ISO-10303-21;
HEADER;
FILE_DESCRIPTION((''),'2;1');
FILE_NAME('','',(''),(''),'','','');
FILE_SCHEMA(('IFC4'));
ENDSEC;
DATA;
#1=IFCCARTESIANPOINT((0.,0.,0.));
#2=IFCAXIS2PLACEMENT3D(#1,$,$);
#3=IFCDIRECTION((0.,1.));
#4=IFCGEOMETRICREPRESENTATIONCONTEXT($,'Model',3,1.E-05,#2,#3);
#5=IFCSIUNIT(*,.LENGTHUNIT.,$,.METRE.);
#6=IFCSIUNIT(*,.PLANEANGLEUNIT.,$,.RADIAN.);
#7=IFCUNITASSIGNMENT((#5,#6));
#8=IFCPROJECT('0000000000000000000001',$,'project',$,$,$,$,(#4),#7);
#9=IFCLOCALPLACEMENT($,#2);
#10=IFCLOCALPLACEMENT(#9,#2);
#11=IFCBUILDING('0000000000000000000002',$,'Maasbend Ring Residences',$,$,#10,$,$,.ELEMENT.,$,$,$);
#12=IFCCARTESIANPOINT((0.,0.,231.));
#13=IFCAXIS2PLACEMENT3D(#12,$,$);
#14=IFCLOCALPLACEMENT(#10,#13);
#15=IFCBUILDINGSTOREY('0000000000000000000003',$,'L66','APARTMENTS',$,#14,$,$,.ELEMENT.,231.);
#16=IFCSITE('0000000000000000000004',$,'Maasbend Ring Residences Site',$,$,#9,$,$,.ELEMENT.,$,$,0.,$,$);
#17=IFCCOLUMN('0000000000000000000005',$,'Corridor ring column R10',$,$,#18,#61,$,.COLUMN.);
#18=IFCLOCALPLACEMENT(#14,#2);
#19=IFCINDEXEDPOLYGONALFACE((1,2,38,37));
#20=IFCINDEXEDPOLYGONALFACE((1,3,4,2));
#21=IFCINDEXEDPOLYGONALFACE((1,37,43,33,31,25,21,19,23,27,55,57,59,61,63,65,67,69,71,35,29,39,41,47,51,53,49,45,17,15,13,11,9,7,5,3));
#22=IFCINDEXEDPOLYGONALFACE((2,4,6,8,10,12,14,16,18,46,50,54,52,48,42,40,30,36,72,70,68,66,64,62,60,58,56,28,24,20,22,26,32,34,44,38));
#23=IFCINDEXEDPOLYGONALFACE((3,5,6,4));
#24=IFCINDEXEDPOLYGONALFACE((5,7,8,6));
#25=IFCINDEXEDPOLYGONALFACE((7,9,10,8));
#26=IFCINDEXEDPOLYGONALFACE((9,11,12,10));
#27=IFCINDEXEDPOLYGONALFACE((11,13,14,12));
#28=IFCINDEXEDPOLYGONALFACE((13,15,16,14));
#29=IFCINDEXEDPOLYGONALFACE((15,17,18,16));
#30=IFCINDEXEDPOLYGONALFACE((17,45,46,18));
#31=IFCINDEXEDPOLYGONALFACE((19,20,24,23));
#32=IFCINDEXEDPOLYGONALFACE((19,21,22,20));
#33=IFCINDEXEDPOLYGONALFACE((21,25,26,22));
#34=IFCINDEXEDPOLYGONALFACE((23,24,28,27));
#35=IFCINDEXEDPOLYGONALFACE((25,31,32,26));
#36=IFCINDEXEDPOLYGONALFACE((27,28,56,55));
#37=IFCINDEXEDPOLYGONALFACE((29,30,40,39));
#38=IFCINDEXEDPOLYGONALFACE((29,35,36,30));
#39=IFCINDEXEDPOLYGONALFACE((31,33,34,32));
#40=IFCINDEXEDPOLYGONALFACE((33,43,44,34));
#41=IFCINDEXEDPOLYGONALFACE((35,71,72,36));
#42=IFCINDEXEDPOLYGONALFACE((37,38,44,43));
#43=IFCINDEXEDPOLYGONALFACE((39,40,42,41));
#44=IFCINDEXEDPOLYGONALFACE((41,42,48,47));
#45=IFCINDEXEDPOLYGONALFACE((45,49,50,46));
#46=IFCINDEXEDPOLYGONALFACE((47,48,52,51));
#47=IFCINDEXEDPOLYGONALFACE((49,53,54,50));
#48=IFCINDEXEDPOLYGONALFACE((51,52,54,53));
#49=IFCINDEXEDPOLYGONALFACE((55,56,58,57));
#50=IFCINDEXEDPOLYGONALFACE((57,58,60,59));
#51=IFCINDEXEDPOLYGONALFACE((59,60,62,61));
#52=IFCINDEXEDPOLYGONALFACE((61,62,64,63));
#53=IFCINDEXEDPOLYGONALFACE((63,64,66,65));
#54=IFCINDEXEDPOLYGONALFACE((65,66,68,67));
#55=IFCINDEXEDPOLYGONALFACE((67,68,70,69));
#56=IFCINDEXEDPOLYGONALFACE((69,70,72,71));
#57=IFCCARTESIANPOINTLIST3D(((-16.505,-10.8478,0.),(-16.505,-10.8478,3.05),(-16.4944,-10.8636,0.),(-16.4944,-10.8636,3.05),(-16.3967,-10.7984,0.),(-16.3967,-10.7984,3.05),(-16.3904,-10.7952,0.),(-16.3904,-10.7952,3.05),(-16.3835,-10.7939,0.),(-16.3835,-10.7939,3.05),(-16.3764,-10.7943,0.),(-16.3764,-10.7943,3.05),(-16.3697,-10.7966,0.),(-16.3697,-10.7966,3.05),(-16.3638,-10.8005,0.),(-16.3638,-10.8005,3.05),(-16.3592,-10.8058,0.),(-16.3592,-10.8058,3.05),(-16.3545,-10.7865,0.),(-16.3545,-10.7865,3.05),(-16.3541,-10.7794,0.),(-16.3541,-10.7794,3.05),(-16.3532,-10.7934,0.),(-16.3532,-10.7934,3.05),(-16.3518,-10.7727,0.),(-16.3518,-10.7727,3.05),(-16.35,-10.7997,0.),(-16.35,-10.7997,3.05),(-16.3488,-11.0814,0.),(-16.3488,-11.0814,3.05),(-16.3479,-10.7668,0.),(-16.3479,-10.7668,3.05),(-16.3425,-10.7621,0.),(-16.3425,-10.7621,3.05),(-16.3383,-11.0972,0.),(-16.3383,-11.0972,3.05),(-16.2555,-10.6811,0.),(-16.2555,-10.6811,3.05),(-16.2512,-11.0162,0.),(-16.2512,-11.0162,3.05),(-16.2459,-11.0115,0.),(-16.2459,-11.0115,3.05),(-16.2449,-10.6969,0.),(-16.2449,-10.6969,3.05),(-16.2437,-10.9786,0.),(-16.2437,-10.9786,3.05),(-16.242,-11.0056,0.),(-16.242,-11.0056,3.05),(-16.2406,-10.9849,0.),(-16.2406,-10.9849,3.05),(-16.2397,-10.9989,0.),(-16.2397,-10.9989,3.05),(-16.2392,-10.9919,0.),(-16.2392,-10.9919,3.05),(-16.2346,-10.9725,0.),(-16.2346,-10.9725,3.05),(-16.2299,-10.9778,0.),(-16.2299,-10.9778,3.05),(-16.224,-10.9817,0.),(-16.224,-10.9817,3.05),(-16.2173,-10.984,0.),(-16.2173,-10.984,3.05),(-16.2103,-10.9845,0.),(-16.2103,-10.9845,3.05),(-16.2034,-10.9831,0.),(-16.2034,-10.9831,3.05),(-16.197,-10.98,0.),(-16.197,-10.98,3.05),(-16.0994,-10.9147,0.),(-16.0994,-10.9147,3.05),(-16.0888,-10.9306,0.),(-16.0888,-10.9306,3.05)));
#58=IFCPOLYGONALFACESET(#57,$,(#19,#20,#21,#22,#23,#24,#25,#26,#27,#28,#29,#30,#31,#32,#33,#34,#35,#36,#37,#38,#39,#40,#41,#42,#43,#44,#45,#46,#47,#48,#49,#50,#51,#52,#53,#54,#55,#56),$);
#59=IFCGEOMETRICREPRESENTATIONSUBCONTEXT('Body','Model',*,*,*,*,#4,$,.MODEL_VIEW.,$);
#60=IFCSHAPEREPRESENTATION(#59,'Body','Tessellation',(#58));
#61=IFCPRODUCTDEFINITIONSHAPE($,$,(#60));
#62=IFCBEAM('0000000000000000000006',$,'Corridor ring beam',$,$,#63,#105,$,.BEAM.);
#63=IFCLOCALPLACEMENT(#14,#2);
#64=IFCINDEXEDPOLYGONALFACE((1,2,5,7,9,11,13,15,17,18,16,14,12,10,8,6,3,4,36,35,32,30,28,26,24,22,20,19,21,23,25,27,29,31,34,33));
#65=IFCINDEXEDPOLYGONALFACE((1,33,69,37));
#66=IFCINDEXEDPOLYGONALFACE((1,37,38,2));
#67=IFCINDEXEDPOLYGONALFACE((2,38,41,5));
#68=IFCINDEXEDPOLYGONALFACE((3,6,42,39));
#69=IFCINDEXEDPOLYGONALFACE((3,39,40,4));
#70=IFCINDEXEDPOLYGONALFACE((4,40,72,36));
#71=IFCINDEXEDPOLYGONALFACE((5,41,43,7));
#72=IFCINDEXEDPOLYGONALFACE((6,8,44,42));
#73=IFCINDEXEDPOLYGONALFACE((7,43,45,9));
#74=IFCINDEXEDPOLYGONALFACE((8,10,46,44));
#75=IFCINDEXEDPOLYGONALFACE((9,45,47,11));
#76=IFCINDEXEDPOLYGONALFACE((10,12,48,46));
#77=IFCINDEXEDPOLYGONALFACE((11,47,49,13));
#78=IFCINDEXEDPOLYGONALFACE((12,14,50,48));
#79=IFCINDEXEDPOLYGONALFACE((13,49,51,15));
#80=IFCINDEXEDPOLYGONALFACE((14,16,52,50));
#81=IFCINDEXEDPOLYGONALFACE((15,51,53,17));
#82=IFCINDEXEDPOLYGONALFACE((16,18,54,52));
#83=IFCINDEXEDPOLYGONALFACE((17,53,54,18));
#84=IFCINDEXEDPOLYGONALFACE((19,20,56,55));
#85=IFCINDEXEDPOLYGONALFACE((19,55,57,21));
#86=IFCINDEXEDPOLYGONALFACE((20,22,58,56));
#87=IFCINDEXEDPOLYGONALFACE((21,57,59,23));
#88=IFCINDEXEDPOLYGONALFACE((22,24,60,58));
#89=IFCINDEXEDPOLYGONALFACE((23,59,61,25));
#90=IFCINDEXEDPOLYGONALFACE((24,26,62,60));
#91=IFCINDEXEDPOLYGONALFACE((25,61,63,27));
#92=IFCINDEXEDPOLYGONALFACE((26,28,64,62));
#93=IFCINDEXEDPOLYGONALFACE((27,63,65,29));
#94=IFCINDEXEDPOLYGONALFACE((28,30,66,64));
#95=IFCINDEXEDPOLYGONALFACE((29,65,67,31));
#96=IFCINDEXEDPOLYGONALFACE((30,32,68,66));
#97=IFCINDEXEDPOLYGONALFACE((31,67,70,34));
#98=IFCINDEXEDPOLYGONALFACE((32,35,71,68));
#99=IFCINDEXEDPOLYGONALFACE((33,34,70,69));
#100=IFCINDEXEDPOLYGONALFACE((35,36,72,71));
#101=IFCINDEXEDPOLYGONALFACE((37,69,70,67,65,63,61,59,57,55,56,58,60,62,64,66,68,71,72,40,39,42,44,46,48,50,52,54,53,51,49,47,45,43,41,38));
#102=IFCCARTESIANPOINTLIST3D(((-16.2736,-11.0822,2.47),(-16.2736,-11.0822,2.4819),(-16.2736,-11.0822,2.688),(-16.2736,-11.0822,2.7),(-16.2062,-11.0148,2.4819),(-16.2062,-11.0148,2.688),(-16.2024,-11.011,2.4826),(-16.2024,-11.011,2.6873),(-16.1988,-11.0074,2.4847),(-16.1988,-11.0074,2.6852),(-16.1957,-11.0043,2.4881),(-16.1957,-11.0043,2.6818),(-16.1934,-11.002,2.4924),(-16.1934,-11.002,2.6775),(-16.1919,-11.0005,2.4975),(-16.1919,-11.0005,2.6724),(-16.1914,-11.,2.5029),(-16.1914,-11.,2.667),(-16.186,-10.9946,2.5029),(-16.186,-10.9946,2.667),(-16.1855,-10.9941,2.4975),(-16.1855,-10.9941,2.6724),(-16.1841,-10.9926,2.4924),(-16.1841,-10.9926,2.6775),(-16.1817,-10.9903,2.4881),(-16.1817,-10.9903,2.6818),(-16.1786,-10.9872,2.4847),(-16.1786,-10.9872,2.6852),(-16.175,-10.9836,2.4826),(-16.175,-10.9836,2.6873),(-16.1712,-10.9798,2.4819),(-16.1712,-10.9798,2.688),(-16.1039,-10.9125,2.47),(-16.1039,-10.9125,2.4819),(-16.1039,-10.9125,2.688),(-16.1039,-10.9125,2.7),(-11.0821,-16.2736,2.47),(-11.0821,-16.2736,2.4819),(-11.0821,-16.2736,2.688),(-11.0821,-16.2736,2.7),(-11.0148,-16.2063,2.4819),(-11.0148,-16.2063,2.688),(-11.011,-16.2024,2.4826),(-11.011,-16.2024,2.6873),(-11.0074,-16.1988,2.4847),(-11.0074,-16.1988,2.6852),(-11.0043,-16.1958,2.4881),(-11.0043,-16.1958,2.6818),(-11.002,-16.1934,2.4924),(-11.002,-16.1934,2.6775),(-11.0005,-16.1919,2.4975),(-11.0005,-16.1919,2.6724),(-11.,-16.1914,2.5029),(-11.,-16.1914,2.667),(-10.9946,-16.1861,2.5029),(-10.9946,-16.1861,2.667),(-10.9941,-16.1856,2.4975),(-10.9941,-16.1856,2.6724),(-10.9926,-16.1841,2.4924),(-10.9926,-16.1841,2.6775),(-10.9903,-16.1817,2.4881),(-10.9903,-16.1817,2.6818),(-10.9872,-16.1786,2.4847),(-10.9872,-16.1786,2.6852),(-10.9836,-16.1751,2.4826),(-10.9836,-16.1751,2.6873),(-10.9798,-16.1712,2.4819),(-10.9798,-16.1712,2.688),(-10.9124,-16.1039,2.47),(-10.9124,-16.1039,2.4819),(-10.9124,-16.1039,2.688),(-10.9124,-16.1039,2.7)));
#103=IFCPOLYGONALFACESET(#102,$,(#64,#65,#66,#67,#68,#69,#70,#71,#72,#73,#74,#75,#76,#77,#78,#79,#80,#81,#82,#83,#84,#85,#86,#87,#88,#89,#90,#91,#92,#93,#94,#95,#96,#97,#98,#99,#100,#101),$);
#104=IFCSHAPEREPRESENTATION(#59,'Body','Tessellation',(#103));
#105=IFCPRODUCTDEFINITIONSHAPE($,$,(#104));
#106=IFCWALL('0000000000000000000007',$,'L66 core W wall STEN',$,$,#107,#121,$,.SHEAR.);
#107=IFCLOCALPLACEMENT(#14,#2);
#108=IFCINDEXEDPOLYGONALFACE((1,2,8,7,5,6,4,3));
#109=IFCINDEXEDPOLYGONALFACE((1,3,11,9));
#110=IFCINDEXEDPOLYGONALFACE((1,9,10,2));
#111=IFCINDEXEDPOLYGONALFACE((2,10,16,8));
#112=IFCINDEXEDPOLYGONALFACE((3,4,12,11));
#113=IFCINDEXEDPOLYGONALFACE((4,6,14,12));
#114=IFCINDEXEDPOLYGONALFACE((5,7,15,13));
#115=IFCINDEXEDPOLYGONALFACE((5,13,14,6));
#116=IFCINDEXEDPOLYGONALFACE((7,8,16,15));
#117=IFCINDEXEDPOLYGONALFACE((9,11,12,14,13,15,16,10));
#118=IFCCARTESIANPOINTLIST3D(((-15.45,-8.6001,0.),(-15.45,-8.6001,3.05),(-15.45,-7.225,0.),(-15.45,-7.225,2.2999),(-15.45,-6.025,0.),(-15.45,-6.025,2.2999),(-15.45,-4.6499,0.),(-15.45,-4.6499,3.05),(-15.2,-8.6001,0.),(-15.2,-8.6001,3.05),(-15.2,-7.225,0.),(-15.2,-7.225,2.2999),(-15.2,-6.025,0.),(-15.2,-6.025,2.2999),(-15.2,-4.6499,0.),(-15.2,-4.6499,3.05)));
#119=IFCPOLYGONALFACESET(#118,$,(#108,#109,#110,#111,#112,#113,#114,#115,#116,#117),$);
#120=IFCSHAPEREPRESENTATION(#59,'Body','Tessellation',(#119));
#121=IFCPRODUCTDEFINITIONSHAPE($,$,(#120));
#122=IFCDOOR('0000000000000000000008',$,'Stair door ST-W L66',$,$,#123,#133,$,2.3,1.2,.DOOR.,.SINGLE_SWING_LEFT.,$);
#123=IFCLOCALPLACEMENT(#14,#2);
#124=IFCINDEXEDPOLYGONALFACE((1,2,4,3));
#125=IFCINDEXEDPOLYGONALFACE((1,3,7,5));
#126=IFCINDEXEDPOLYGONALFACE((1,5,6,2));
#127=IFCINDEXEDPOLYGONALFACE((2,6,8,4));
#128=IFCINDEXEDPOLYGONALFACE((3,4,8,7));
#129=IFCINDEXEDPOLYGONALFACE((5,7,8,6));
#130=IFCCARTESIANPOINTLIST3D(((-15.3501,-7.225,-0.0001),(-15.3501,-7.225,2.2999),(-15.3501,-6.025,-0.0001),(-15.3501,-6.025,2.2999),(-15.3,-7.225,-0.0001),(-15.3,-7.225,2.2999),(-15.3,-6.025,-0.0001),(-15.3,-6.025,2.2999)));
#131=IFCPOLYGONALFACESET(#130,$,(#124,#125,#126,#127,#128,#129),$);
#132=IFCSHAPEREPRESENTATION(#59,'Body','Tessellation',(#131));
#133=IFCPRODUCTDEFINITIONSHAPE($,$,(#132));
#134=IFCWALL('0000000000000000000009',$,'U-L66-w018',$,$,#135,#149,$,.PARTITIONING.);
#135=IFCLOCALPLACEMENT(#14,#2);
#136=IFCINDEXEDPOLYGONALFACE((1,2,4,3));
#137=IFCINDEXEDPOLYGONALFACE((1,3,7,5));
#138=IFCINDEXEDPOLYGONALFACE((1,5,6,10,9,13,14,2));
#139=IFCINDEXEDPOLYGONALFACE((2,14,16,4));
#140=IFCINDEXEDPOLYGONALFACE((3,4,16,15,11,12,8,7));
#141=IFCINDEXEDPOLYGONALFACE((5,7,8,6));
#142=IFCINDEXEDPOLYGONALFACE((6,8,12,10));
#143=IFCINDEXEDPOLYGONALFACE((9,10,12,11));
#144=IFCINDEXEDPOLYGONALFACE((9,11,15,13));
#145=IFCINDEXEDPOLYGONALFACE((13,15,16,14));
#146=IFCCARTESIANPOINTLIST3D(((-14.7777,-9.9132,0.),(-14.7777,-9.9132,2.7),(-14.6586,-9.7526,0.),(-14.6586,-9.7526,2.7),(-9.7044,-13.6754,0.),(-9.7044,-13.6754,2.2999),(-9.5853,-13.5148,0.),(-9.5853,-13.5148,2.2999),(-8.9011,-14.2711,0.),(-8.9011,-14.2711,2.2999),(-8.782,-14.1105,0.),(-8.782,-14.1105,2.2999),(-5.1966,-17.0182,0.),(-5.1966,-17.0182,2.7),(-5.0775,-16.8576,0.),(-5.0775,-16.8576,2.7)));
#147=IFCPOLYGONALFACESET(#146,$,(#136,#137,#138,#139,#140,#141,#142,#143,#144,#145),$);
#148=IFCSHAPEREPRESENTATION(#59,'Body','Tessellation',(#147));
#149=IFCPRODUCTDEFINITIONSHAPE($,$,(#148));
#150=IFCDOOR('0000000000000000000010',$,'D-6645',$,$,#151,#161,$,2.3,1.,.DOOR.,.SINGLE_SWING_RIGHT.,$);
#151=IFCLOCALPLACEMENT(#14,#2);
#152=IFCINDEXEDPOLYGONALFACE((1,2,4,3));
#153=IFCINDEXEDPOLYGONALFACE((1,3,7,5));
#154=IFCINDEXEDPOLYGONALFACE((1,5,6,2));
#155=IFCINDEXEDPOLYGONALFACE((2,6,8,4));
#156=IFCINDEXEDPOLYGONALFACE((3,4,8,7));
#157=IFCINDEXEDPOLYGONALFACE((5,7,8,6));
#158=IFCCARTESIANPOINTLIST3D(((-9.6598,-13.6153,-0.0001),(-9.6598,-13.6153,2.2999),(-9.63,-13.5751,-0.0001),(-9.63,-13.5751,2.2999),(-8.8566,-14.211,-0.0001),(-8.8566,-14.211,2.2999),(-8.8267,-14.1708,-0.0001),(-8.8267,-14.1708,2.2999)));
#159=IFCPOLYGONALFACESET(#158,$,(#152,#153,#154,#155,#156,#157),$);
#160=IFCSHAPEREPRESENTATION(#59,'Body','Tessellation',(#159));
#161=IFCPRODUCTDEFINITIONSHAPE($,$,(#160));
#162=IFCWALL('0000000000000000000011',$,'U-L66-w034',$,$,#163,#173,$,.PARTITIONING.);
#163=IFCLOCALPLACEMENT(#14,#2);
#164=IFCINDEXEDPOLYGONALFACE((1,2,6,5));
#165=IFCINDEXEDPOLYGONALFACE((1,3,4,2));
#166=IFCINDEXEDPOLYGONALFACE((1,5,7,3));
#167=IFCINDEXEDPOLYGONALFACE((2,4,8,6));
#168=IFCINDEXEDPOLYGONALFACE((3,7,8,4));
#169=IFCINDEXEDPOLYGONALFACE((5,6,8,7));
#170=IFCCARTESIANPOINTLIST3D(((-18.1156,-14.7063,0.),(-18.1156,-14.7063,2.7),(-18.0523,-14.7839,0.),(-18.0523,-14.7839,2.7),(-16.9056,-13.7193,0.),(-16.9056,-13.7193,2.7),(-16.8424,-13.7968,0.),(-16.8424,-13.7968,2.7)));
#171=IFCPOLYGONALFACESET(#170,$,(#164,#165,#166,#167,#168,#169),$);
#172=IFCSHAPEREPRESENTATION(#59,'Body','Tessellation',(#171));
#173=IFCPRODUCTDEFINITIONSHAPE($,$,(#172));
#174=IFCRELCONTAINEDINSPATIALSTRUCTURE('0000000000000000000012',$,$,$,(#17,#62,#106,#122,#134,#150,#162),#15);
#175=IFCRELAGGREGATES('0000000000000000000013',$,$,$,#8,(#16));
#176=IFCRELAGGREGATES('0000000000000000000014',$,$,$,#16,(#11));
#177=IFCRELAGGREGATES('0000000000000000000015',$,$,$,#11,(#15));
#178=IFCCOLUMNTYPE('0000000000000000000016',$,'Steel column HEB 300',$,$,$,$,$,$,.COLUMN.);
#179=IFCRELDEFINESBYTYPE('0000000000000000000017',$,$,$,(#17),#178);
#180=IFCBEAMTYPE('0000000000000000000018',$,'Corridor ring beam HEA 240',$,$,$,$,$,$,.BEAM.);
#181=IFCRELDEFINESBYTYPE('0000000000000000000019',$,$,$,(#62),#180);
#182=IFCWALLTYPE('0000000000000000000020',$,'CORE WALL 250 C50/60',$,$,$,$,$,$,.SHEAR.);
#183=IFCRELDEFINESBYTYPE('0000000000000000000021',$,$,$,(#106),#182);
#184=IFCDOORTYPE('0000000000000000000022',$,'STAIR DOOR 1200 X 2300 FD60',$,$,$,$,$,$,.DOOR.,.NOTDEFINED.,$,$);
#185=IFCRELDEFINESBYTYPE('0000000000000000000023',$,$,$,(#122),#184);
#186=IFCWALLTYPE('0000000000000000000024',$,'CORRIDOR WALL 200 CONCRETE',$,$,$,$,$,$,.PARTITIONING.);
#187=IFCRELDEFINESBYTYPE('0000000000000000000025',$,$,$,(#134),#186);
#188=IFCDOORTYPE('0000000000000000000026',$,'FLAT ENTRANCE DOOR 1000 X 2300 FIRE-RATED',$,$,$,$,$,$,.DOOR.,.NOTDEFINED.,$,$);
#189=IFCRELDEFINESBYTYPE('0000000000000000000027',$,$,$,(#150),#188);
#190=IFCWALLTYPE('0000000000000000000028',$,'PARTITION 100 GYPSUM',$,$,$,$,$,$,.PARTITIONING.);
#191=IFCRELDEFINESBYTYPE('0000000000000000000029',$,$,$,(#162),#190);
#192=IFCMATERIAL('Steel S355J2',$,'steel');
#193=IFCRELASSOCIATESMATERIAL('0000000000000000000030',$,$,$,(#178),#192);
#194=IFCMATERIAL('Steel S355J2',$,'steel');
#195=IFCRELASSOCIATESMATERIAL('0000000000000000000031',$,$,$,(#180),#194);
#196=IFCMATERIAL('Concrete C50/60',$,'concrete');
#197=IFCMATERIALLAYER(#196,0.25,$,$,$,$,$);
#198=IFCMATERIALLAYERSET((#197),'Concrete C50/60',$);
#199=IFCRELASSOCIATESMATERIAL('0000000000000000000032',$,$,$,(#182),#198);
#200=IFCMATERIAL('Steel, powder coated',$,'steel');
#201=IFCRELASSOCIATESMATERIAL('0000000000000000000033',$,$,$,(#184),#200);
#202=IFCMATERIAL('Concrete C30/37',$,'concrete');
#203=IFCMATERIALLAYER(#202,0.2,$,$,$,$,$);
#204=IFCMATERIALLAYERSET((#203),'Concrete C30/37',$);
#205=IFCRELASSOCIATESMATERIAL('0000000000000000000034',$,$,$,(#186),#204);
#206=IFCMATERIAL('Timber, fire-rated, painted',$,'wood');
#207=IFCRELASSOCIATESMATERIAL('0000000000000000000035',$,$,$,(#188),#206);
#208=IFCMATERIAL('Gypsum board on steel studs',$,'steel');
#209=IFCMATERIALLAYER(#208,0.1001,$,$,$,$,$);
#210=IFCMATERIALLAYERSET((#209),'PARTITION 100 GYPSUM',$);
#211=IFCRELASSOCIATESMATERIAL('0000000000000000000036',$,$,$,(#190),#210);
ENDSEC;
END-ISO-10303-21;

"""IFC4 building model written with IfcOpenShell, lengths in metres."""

from ifc_helpers import new_model, si_unit, direction, frame, frame_2d, origin, origin_2d, place, context, subcontext, project, spatial, rectangle, i_section, extrude, material, layer, layer_set, material_profile, profile_set, type_object, element, fill, save


model = new_model("IFC4")

# Units and contexts
model_context = context("Model", 3, precision=1e-05, world=origin(), true_north=direction((0.0, 1.0)))
body_context = subcontext(model_context, "Body", "Model", "MODEL_VIEW")
ifc_project = project(units=[si_unit("LENGTHUNIT", "METRE"), si_unit("PLANEANGLEUNIT", "RADIAN")], contexts=[model_context])

# Site, building, storey
site_placement = place(None, origin())
site = spatial("IfcSite", under=ifc_project, at=site_placement, Name="Maasbend Ring Residences Site", CompositionType="ELEMENT", RefElevation=0.0)
building_placement = place(site_placement, origin())
building = spatial("IfcBuilding", under=site, at=building_placement, Name="Maasbend Ring Residences", CompositionType="ELEMENT")
storey_placement = place(building_placement, frame((0.0, 0.0, 231.0)))
storey = spatial("IfcBuildingStorey", under=building, at=storey_placement, Name="L66", Description="APARTMENTS", CompositionType="ELEMENT", Elevation=231.0)

# Column
ifc_material_1 = material(Name="Steel S355J2", Category="steel")
ifc_material_profile_1 = material_profile(ifc_material_1, i_section(OverallWidth=0.3, OverallDepth=0.3, WebThickness=0.011, FlangeThickness=0.019, FilletRadius=0.0271, at=origin_2d()), Name="HEB 300")
ifc_profile_set_1 = profile_set([ifc_material_profile_1], Name="Steel S355J2")
column_type = type_object("IfcColumnType", Name="Steel column HEB 300", PredefinedType="COLUMN", material=ifc_profile_set_1)
column_placement = place(storey_placement, frame((-16.2969, -10.8892, 0.0), z_axis=(0.0, 0.0, 1.0), x_axis=(-0.83147, -0.55557, 0.0)))
element("IfcColumn", 1, at=column_placement, inside=storey, type_object=column_type, Name="Corridor ring column R10", PredefinedType="COLUMN", context=body_context, shape_type="SweptSolid", body=[
    extrude(i_section(OverallWidth=0.3, OverallDepth=0.3, WebThickness=0.011, FlangeThickness=0.019, FilletRadius=0.0271, at=origin_2d()), origin(), (0.0, 0.0, 1.0), 3.05),
])

# Beam
ifc_material_2 = material(Name="Steel S355J2", Category="steel")
ifc_material_profile_2 = material_profile(ifc_material_2, i_section(OverallWidth=0.24, OverallDepth=0.23, WebThickness=0.0076, FlangeThickness=0.012, FilletRadius=0.021, at=origin_2d()), Name="HEA 240")
ifc_profile_set_2 = profile_set([ifc_material_profile_2], Name="Steel S355J2")
beam_type = type_object("IfcBeamType", Name="Corridor ring beam HEA 240", PredefinedType="BEAM", material=ifc_profile_set_2)
beam_placement = place(storey_placement, frame((-16.1887, -10.9973, 2.585), z_axis=(0.707107, -0.707107, 0.0), x_axis=(0.707107, 0.707107, 0.0)))
element("IfcBeam", 2, at=beam_placement, inside=storey, type_object=beam_type, Name="Corridor ring beam", PredefinedType="BEAM", context=body_context, shape_type="SweptSolid", body=[
    extrude(i_section(OverallWidth=0.24, OverallDepth=0.23, WebThickness=0.0076, FlangeThickness=0.012, FilletRadius=0.021, at=origin_2d()), origin(), (0.0, 0.0, 1.0), 7.3418),
])

# Walls, openings, doors
ifc_material_3 = material(Name="Concrete C50/60", Category="concrete")
ifc_layer_1 = layer(ifc_material_3, 0.25)
ifc_layer_set_1 = layer_set([ifc_layer_1], Name="Concrete C50/60")
wall_type_1 = type_object("IfcWallType", Name="CORE WALL 250 C50/60", PredefinedType="SHEAR", material=ifc_layer_set_1)
wall_1_placement = place(storey_placement, frame((-15.325, -4.6499, 0.0), z_axis=(0.0, 0.0, 1.0), x_axis=(0.0, -1.0, 0.0)))
wall_1 = element("IfcWall", 3, at=wall_1_placement, inside=storey, type_object=wall_type_1, Name="L66 core W wall STEN", PredefinedType="SHEAR", context=body_context, shape_type="SweptSolid", body=[
    extrude(rectangle(XDim=3.9502, YDim=0.25, at=frame_2d((1.9751, 0.0))), origin(), (0.0, 0.0, 1.0), 3.05),
])
opening_1_placement = place(wall_1_placement, frame((1.375, 0.0, 0.0)))
opening_1 = element("IfcOpeningElement", 4, at=opening_1_placement, cuts=wall_1, PredefinedType="OPENING", context=body_context, shape_type="SweptSolid", body=[
    extrude(rectangle(XDim=1.2, YDim=2.3, at=frame_2d((0.6001, 1.1499))), frame((0.0, 0.135, 0.0), z_axis=(0.0, -1.0, 0.0), x_axis=(1.0, 0.0, 0.0)), (0.0, 0.0, 1.0), 0.27),
])
ifc_material_4 = material(Name="Steel, powder coated", Category="steel")
door_type_1 = type_object("IfcDoorType", Name="STAIR DOOR 1200 X 2300 FD60", OperationType="NOTDEFINED", PredefinedType="DOOR", material=ifc_material_4)
door_1_placement = place(opening_1_placement, origin())
door_1 = element("IfcDoor", 5, at=door_1_placement, inside=storey, type_object=door_type_1, Name="Stair door ST-W L66", OperationType="SINGLE_SWING_LEFT", OverallHeight=2.3, OverallWidth=1.2, PredefinedType="DOOR", context=body_context, shape_type="SweptSolid", body=[
    extrude(rectangle(XDim=1.2, YDim=2.3, at=frame_2d((0.6001, 1.1499))), frame((0.0, 0.0249, 0.0), z_axis=(0.0, -1.0, 0.0), x_axis=(1.0, 0.0, 0.0)), (0.0, 0.0, 1.0), 0.05),
])
fill(opening_1, door_1)
ifc_material_5 = material(Name="Concrete C30/37", Category="concrete")
ifc_layer_2 = layer(ifc_material_5, 0.2)
ifc_layer_set_2 = layer_set([ifc_layer_2], Name="Concrete C30/37")
wall_type_2 = type_object("IfcWallType", Name="CORRIDOR WALL 200 CONCRETE", PredefinedType="PARTITIONING", material=ifc_layer_set_2)
wall_2_placement = place(storey_placement, frame((-14.718, -9.833, 0.0), z_axis=(0.0, 0.0, 1.0), x_axis=(0.80324, -0.595655, 0.0)))
wall_2 = element("IfcWall", 6, at=wall_2_placement, inside=storey, type_object=wall_type_2, Name="U-L66-w018", PredefinedType="PARTITIONING", context=body_context, shape_type="SweptSolid", body=[
    extrude(rectangle(XDim=11.928, YDim=0.2, at=frame_2d((5.9639, 0.0))), origin(), (0.0, 0.0, 1.0), 2.7),
])
opening_2_placement = place(wall_2_placement, frame((6.3159, 0.0, 0.0)))
opening_2 = element("IfcOpeningElement", 7, at=opening_2_placement, cuts=wall_2, PredefinedType="OPENING", context=body_context, shape_type="SweptSolid", body=[
    extrude(rectangle(XDim=1.0, YDim=2.3, at=frame_2d((0.5, 1.1499))), frame((0.0, 0.1099, 0.0), z_axis=(0.0, -1.0, 0.0), x_axis=(1.0, 0.0, 0.0)), (0.0, 0.0, 1.0), 0.22),
])
ifc_material_6 = material(Name="Timber, fire-rated, painted", Category="wood")
door_type_2 = type_object("IfcDoorType", Name="FLAT ENTRANCE DOOR 1000 X 2300 FIRE-RATED", OperationType="NOTDEFINED", PredefinedType="DOOR", material=ifc_material_6)
door_2_placement = place(opening_2_placement, origin())
door_2 = element("IfcDoor", 8, at=door_2_placement, inside=storey, type_object=door_type_2, Name="D-6645", OperationType="SINGLE_SWING_RIGHT", OverallHeight=2.3, OverallWidth=1.0, PredefinedType="DOOR", context=body_context, shape_type="SweptSolid", body=[
    extrude(rectangle(XDim=1.0, YDim=2.3, at=frame_2d((0.5, 1.1499))), frame((0.0, 0.0249, 0.0), z_axis=(0.0, -1.0, 0.0), x_axis=(1.0, 0.0, 0.0)), (0.0, 0.0, 1.0), 0.05),
])
fill(opening_2, door_2)

# Wall
ifc_material_7 = material(Name="Gypsum board on steel studs", Category="steel")
ifc_layer_3 = layer(ifc_material_7, 0.1001)
ifc_layer_set_3 = layer_set([ifc_layer_3], Name="PARTITION 100 GYPSUM")
wall_type_3 = type_object("IfcWallType", Name="PARTITION 100 GYPSUM", PredefinedType="PARTITIONING", material=ifc_layer_set_3)
wall_3_placement = place(storey_placement, frame((-18.084, -14.7451, 0.0), z_axis=(0.0, 0.0, 1.0), x_axis=(0.774869, 0.632122, 0.0)))
element("IfcWall", 9, at=wall_3_placement, inside=storey, type_object=wall_type_3, Name="U-L66-w034", PredefinedType="PARTITIONING", context=body_context, shape_type="SweptSolid", body=[
    extrude(rectangle(XDim=1.5615, YDim=0.1001, at=frame_2d((0.7808, 0.0))), origin(), (0.0, 0.0, 1.0), 2.7),
])

save(model, "model.ifc")
